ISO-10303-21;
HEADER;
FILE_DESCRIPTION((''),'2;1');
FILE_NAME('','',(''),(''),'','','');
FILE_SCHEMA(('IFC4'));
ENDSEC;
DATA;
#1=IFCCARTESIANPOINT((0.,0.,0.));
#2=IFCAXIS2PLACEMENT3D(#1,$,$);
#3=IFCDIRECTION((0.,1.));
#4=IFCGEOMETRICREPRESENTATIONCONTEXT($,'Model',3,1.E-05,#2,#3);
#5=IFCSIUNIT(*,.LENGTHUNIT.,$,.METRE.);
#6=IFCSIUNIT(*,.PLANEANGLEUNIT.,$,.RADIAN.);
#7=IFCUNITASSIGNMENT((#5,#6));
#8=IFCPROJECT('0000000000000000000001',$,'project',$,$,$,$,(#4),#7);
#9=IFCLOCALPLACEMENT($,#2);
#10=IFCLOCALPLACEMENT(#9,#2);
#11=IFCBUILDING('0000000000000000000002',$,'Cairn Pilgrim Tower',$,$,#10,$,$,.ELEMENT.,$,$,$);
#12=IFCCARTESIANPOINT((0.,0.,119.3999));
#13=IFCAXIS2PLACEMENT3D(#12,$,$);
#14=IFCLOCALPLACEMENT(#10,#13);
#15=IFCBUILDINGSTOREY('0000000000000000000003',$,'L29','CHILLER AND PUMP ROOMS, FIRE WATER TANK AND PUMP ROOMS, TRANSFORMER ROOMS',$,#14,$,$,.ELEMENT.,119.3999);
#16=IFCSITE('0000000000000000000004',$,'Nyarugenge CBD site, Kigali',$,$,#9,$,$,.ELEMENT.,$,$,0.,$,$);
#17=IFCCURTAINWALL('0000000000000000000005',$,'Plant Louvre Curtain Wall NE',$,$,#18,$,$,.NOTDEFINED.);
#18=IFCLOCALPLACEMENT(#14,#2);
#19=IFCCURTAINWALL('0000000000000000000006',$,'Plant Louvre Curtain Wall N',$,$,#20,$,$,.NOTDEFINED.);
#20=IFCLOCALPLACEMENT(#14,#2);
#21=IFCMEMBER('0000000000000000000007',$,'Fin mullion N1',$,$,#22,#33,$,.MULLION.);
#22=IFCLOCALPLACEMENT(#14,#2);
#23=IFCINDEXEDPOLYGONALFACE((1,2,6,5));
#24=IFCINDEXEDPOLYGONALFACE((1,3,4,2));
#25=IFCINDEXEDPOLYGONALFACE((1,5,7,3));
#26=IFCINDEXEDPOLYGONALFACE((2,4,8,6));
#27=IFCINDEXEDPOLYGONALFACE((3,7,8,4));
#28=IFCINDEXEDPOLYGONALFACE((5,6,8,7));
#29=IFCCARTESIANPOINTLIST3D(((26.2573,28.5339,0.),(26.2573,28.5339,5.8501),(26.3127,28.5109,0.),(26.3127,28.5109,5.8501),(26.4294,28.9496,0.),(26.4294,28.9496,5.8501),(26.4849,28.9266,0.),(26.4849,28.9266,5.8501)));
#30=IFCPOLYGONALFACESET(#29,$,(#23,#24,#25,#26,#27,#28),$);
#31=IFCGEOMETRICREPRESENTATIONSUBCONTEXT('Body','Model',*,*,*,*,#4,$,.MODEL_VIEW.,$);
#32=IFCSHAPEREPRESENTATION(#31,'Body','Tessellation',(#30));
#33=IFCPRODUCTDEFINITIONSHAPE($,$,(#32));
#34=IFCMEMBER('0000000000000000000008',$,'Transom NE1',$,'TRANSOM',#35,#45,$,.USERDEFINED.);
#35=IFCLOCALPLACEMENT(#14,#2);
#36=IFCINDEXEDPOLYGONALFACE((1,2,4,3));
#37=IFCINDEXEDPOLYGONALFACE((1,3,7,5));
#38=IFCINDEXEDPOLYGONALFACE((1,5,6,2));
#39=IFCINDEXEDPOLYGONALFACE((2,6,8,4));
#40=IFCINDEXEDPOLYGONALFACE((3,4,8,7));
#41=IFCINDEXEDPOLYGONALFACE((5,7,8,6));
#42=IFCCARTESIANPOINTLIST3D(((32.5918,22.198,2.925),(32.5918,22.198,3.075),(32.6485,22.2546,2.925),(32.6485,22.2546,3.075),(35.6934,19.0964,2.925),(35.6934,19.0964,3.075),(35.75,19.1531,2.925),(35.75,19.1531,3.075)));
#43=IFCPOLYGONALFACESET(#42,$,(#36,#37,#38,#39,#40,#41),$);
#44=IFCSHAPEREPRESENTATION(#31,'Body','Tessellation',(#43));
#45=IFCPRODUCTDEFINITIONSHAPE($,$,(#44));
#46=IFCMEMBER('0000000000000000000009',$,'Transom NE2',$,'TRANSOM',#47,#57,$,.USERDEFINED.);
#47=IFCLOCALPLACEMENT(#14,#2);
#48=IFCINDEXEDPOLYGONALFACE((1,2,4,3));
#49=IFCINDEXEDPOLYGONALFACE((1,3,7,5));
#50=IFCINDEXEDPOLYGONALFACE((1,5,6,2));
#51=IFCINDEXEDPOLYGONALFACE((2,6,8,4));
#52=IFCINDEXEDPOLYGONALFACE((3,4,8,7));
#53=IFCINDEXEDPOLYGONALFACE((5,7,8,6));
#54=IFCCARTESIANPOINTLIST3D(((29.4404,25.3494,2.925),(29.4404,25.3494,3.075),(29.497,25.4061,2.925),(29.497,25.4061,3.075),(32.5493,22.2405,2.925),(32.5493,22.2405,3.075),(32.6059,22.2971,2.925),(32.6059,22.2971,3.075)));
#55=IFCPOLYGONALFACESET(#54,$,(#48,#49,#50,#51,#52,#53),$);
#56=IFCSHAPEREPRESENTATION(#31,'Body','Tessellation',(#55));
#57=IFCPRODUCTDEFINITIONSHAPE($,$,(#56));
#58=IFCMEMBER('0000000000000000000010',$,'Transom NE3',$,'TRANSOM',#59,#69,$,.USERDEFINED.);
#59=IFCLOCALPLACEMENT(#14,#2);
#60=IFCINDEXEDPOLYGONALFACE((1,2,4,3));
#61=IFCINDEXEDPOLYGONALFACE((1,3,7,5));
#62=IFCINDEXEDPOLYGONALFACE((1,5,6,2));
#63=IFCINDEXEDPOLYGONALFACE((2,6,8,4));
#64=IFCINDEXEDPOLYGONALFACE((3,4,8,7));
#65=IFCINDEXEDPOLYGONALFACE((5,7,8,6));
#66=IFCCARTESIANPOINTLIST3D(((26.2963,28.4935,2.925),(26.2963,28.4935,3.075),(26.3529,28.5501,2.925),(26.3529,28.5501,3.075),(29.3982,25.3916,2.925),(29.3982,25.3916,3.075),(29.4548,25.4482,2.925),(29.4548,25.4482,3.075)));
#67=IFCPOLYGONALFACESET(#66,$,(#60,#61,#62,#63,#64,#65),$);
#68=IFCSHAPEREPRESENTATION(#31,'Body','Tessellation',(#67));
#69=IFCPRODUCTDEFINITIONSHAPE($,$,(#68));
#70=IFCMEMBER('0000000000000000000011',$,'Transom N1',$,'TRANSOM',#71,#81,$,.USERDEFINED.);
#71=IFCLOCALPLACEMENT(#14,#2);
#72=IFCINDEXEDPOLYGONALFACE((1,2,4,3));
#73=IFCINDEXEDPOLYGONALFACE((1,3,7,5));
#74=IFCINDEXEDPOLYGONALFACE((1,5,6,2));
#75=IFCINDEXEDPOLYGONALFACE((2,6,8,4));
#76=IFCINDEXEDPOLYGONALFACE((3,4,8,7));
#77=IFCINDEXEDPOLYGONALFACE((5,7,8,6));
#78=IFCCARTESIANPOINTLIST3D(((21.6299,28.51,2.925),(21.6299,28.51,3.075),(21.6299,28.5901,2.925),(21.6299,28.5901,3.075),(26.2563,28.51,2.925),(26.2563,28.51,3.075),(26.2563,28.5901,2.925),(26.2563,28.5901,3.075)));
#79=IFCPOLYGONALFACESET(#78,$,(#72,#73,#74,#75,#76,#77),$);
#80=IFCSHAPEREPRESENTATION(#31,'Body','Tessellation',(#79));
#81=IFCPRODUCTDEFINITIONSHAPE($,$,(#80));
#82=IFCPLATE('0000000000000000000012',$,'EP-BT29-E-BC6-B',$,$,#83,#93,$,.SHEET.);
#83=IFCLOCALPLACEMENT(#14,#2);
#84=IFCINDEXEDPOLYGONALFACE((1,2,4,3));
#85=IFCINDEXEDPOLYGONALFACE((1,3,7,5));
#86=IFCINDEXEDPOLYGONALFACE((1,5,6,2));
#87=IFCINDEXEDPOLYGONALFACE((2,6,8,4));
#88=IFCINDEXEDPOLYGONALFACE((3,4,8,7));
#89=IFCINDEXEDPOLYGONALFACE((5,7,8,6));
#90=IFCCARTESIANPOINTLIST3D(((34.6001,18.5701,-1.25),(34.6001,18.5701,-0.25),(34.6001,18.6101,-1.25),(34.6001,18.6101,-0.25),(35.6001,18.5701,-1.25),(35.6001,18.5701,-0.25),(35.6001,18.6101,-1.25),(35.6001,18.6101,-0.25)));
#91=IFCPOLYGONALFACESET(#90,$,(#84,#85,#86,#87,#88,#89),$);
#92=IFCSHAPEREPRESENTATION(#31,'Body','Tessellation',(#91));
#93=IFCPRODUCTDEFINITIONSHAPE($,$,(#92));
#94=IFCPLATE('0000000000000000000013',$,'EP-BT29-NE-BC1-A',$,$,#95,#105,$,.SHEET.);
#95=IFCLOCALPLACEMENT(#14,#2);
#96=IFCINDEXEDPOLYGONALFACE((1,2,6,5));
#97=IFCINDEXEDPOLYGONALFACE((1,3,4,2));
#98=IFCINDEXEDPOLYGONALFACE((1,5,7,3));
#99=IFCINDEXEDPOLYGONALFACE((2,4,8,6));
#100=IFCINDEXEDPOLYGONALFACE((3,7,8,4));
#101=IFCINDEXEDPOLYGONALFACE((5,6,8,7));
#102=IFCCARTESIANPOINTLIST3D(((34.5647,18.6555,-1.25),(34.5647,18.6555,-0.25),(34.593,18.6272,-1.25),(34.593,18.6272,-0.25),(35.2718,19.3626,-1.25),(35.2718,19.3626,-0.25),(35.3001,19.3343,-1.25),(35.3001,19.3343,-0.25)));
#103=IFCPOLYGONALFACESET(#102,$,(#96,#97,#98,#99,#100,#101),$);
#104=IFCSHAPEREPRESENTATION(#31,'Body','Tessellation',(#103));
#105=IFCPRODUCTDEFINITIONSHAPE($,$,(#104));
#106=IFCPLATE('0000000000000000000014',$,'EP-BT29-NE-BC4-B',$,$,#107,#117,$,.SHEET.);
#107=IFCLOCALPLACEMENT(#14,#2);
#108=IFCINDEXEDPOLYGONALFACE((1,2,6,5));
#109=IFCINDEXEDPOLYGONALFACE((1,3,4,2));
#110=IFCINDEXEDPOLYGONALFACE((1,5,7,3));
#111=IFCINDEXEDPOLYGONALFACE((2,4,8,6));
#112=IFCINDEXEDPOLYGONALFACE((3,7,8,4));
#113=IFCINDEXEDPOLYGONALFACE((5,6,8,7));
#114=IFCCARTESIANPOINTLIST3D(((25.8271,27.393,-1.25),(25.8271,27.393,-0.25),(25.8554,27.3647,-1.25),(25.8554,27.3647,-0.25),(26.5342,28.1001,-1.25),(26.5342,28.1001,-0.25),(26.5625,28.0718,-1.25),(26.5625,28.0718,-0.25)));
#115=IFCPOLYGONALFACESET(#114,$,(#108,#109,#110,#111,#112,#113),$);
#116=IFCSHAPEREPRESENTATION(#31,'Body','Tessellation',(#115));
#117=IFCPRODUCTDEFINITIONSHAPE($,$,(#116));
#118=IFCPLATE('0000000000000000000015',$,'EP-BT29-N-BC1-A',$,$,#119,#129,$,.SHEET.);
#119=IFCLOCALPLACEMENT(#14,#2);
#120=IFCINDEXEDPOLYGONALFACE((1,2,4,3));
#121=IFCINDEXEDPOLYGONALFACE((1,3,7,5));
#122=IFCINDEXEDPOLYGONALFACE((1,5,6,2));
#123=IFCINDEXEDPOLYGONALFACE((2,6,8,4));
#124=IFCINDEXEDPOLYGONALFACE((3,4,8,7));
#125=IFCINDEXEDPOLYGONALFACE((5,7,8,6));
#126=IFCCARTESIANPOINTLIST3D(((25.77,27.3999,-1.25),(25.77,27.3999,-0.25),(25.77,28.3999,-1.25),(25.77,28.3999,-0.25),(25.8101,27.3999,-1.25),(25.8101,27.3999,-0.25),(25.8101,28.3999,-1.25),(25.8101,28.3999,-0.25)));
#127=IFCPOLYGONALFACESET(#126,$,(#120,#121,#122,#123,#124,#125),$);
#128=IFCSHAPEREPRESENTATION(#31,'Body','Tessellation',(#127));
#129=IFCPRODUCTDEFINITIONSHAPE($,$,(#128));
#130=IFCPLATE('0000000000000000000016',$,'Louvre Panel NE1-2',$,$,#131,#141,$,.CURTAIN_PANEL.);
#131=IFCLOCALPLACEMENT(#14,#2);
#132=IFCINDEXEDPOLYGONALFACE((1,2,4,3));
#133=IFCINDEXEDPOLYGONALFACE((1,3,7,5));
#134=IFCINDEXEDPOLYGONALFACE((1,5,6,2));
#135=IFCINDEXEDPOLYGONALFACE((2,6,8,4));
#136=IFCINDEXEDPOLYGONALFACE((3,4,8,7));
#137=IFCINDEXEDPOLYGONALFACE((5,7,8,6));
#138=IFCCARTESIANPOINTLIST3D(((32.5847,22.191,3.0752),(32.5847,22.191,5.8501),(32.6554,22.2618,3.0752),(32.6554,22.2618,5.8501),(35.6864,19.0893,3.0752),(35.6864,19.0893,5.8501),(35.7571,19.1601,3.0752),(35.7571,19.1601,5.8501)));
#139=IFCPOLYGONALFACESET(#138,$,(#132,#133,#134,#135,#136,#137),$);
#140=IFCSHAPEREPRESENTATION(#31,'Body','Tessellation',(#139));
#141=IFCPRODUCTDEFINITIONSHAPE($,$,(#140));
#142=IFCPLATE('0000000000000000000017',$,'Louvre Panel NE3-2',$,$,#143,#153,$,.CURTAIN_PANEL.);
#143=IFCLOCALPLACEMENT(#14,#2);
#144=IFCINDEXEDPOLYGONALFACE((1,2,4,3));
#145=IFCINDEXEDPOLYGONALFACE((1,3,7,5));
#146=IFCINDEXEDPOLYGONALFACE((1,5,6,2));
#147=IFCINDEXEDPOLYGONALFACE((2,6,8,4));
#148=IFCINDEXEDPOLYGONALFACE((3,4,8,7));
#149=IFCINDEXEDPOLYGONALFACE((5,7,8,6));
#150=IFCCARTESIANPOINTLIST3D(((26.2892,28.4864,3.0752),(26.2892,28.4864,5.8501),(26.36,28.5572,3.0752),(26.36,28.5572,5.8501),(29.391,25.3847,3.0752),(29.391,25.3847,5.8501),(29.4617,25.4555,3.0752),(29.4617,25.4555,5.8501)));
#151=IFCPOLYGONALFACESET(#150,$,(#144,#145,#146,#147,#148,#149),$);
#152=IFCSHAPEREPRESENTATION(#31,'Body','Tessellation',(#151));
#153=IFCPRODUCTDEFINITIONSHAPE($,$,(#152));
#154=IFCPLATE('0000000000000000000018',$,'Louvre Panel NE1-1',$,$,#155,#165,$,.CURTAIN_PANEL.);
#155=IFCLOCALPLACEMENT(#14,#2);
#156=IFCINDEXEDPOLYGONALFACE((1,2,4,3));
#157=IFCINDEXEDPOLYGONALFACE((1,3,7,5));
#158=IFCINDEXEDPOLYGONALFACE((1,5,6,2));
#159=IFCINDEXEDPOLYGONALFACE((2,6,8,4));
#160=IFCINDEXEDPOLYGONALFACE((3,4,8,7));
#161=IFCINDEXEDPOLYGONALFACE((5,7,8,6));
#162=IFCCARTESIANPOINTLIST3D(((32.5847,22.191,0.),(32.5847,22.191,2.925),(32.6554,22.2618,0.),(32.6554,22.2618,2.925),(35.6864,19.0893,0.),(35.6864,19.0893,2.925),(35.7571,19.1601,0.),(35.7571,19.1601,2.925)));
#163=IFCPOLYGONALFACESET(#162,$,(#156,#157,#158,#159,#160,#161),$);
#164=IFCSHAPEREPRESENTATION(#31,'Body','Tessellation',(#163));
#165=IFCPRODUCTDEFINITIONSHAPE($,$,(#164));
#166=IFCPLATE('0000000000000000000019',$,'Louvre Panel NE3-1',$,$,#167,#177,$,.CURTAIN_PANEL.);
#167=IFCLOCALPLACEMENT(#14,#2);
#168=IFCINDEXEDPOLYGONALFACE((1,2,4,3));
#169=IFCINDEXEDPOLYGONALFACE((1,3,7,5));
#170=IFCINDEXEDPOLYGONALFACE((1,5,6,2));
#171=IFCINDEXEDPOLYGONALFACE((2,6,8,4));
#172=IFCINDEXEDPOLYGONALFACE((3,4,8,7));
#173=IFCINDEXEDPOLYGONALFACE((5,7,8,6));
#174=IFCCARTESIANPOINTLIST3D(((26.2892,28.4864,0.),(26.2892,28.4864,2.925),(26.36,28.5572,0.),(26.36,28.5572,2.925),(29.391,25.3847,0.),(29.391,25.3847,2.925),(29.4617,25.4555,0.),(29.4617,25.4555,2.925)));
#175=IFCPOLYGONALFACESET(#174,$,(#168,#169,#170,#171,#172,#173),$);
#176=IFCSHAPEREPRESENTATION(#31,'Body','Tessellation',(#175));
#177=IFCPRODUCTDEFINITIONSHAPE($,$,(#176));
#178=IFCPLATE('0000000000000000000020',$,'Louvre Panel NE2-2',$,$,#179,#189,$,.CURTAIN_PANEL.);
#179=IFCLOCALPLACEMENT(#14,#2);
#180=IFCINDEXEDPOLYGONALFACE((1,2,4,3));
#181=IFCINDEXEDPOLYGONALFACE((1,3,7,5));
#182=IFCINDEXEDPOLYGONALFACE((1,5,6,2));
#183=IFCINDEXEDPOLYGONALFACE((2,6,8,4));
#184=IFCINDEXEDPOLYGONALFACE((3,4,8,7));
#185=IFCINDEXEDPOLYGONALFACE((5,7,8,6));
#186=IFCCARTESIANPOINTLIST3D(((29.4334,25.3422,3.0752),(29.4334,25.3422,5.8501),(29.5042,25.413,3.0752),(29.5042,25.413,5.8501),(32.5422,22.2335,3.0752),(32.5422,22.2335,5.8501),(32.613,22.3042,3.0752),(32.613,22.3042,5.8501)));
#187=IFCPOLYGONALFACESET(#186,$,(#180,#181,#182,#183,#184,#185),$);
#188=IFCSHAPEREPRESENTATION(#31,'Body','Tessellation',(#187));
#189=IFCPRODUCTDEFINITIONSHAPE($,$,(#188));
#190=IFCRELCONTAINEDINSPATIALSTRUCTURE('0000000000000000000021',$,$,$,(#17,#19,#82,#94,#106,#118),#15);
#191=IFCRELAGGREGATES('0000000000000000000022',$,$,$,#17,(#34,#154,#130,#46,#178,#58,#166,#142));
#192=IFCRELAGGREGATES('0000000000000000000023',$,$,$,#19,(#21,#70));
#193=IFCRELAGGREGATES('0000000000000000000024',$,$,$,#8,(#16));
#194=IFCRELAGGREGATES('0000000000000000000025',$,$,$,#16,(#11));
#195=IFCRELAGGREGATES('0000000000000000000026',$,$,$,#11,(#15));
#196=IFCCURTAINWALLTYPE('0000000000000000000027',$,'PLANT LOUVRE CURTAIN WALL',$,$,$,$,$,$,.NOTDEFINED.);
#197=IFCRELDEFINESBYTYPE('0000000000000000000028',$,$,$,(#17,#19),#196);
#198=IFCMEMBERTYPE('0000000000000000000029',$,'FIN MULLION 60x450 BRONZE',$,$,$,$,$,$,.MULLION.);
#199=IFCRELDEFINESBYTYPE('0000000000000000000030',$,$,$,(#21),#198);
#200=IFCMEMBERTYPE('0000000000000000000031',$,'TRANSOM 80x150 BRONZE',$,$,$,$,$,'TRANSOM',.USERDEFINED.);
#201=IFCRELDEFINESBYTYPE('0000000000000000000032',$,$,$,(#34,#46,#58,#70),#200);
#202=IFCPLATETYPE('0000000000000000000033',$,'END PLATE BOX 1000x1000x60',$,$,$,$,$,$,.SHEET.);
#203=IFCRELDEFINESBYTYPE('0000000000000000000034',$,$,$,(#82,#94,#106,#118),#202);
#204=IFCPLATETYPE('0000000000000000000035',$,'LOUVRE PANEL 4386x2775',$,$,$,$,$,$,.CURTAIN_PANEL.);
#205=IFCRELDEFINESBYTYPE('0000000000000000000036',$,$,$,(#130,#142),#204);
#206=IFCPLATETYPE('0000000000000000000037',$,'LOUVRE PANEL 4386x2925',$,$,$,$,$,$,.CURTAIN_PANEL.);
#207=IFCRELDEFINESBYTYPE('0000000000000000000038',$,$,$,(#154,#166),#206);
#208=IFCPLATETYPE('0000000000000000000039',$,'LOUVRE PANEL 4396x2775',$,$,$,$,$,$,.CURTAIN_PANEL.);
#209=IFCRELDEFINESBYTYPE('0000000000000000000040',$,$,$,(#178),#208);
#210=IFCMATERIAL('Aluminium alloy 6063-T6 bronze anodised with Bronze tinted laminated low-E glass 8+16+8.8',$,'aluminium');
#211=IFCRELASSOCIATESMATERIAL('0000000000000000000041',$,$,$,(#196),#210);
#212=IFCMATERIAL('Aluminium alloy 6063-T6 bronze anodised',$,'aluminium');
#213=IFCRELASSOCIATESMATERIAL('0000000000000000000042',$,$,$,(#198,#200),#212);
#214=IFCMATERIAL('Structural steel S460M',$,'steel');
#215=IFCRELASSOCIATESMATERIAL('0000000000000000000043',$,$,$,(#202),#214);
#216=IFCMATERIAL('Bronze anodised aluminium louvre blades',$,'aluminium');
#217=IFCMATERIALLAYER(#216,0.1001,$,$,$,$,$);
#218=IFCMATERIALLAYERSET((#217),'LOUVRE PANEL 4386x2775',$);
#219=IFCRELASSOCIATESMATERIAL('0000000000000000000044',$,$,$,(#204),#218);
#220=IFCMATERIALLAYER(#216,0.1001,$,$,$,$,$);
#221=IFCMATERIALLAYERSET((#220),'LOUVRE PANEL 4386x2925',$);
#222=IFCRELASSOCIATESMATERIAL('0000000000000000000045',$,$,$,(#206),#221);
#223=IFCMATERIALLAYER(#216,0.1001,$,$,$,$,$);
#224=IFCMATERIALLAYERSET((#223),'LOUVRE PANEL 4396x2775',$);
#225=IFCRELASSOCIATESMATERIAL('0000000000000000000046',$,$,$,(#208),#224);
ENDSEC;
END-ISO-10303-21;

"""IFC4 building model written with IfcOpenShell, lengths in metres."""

from ifc_helpers import new_model, si_unit, direction, frame, origin, origin_2d, place, context, subcontext, project, spatial, rectangle, extrude, material, layer, layer_set, material_profile, profile_set, type_object, element, aggregate, save


model = new_model("IFC4")

# Units and contexts
model_context = context("Model", 3, precision=1e-05, world=origin(), true_north=direction((0.0, 1.0)))
body_context = subcontext(model_context, "Body", "Model", "MODEL_VIEW")
ifc_project = project(units=[si_unit("LENGTHUNIT", "METRE"), si_unit("PLANEANGLEUNIT", "RADIAN")], contexts=[model_context])

# Site, building, storey
site_placement = place(None, origin())
site = spatial("IfcSite", under=ifc_project, at=site_placement, Name="Nyarugenge CBD site, Kigali", CompositionType="ELEMENT", RefElevation=0.0)
building_placement = place(site_placement, origin())
building = spatial("IfcBuilding", under=site, at=building_placement, Name="Cairn Pilgrim Tower", CompositionType="ELEMENT")
storey_placement = place(building_placement, frame((0.0, 0.0, 119.3999)))
storey = spatial("IfcBuildingStorey", under=building, at=storey_placement, Name="L29", Description="CHILLER AND PUMP ROOMS, FIRE WATER TANK AND PUMP ROOMS, TRANSFORMER ROOMS", CompositionType="ELEMENT", Elevation=119.3999)

# Shared definitions
ifc_material_1 = material(Name="Structural steel S460M", Category="steel")

# Curtain wall
ifc_material_2 = material(Name="Aluminium alloy 6063-T6 bronze anodised with Bronze tinted laminated low-E glass 8+16+8.8", Category="aluminium")
curtain_wall_type = type_object("IfcCurtainWallType", Name="PLANT LOUVRE CURTAIN WALL", PredefinedType="NOTDEFINED", material=ifc_material_2)
curtain_wall_1_placement = place(storey_placement, origin())
curtain_wall_1 = element("IfcCurtainWall", 1, at=curtain_wall_1_placement, inside=storey, type_object=curtain_wall_type, Name="Plant Louvre Curtain Wall NE", PredefinedType="NOTDEFINED")
ifc_material_3 = material(Name="Aluminium alloy 6063-T6 bronze anodised", Category="aluminium")
ifc_material_profile_1 = material_profile(ifc_material_3, rectangle(XDim=0.45, YDim=0.0601, at=origin_2d()), Name="FIN MULLION 60x450 BRONZE")
ifc_profile_set_1 = profile_set([ifc_material_profile_1], Name="Aluminium alloy 6063-T6 bronze anodised")
member_type_1 = type_object("IfcMemberType", Name="FIN MULLION 60x450 BRONZE", PredefinedType="MULLION", material=ifc_profile_set_1)

# Curtain wall, member
curtain_wall_2_placement = place(storey_placement, origin())
curtain_wall_2 = element("IfcCurtainWall", 2, at=curtain_wall_2_placement, inside=storey, type_object=curtain_wall_type, Name="Plant Louvre Curtain Wall N", PredefinedType="NOTDEFINED")
member_1_placement = place(storey_placement, frame((26.3711, 28.7302, 0.0), z_axis=(0.0, 0.0, 1.0), x_axis=(0.382683, 0.92388, 0.0)))
member_1 = element("IfcMember", 3, at=member_1_placement, type_object=member_type_1, Name="Fin mullion N1", PredefinedType="MULLION", context=body_context, shape_type="SweptSolid", body=[
    extrude(rectangle(XDim=0.45, YDim=0.0601, at=origin_2d()), origin(), (0.0, 0.0, 1.0), 5.8501),
])

# Members
ifc_material_profile_2 = material_profile(ifc_material_3, rectangle(XDim=0.0801, YDim=0.1499, at=origin_2d()), Name="TRANSOM 80x150 BRONZE")
ifc_profile_set_2 = profile_set([ifc_material_profile_2], Name="Aluminium alloy 6063-T6 bronze anodised")
member_type_2 = type_object("IfcMemberType", Name="TRANSOM 80x150 BRONZE", ElementType="TRANSOM", PredefinedType="USERDEFINED", material=ifc_profile_set_2)
member_2_placement = place(storey_placement, frame((35.7217, 19.1248, 3.0), z_axis=(-0.707107, 0.707107, 0.0), x_axis=(-0.707107, -0.707107, 0.0)))
member_2 = element("IfcMember", 4, at=member_2_placement, type_object=member_type_2, Name="Transom NE1", ObjectType="TRANSOM", PredefinedType="USERDEFINED", context=body_context, shape_type="SweptSolid", body=[
    extrude(rectangle(XDim=0.0801, YDim=0.1499, at=origin_2d()), origin(), (0.0, 0.0, 1.0), 4.3862),
])
member_3_placement = place(storey_placement, frame((32.5776, 22.2688, 3.0), z_axis=(-0.707107, 0.707107, 0.0), x_axis=(-0.707107, -0.707107, 0.0)))
member_3 = element("IfcMember", 5, at=member_3_placement, type_object=member_type_2, Name="Transom NE2", ObjectType="TRANSOM", PredefinedType="USERDEFINED", context=body_context, shape_type="SweptSolid", body=[
    extrude(rectangle(XDim=0.0801, YDim=0.1499, at=origin_2d()), origin(), (0.0, 0.0, 1.0), 4.3967),
])
member_4_placement = place(storey_placement, frame((29.4265, 25.4199, 3.0), z_axis=(-0.707107, 0.707107, 0.0), x_axis=(-0.707107, -0.707107, 0.0)))
member_4 = element("IfcMember", 6, at=member_4_placement, type_object=member_type_2, Name="Transom NE3", ObjectType="TRANSOM", PredefinedType="USERDEFINED", context=body_context, shape_type="SweptSolid", body=[
    extrude(rectangle(XDim=0.0801, YDim=0.1499, at=origin_2d()), origin(), (0.0, 0.0, 1.0), 4.3867),
])
member_5_placement = place(storey_placement, frame((26.2563, 28.55, 3.0), z_axis=(-1.0, 0.0, 0.0), x_axis=(0.0, -1.0, 0.0)))
member_5 = element("IfcMember", 7, at=member_5_placement, type_object=member_type_2, Name="Transom N1", ObjectType="TRANSOM", PredefinedType="USERDEFINED", context=body_context, shape_type="SweptSolid", body=[
    extrude(rectangle(XDim=0.0801, YDim=0.1499, at=origin_2d()), origin(), (0.0, 0.0, 1.0), 4.6265),
])

# Plates
ifc_material_profile_3 = material_profile(ifc_material_1, rectangle(XDim=1.0, YDim=1.0, at=origin_2d()), Name="END PLATE BOX 1000x1000x60")
ifc_profile_set_3 = profile_set([ifc_material_profile_3], Name="Structural steel S460M")
plate_type_1 = type_object("IfcPlateType", Name="END PLATE BOX 1000x1000x60", PredefinedType="SHEET", material=ifc_profile_set_3)
for number, where, z_axis, x_axis, name in (
    (8, (35.1001, 18.5701, -0.75), (0.0, 1.0, 0.0), (-1.0, 0.0, 0.0), "EP-BT29-E-BC6-B"),
    (9, (34.9182, 19.009, -0.75), (0.707107, -0.707107, 0.0), (0.707107, 0.707107, 0.0), "EP-BT29-NE-BC1-A"),
    (10, (26.209, 27.7183, -0.75), (-0.707107, 0.707107, 0.0), (-0.707107, -0.707107, 0.0), "EP-BT29-NE-BC4-B"),
    (11, (25.77, 27.8999, -0.75), (1.0, 0.0, 0.0), (0.0, 1.0, 0.0), "EP-BT29-N-BC1-A"),
):
    element("IfcPlate", number, at=place(storey_placement, frame(where, z_axis=z_axis, x_axis=x_axis)), inside=storey, type_object=plate_type_1, Name=name, PredefinedType="SHEET", context=body_context, shape_type="SweptSolid", body=[
        extrude(rectangle(XDim=1.0, YDim=1.0, at=origin_2d()), origin(), (0.0, 0.0, 1.0), 0.04),
    ])

# Plates
ifc_material_4 = material(Name="Bronze anodised aluminium louvre blades", Category="aluminium")
ifc_layer_1 = layer(ifc_material_4, 0.1001)
ifc_layer_set_1 = layer_set([ifc_layer_1], Name="LOUVRE PANEL 4386x2775")
plate_type_2 = type_object("IfcPlateType", Name="LOUVRE PANEL 4386x2775", PredefinedType="CURTAIN_PANEL", material=ifc_layer_set_1)
plate_1_placement = place(storey_placement, frame((34.1709, 20.6755, 3.0752), z_axis=(0.0, 0.0, 1.0), x_axis=(-0.707107, 0.707107, 0.0)))
plate_1 = element("IfcPlate", 12, at=plate_1_placement, type_object=plate_type_2, Name="Louvre Panel NE1-2", PredefinedType="CURTAIN_PANEL", context=body_context, shape_type="SweptSolid", body=[
    extrude(rectangle(XDim=4.3865, YDim=0.1001, at=origin_2d()), origin(), (0.0, 0.0, 1.0), 2.7749),
])
plate_2_placement = place(storey_placement, frame((27.8755, 26.9709, 3.0752), z_axis=(0.0, 0.0, 1.0), x_axis=(-0.707107, 0.707107, 0.0)))
plate_2 = element("IfcPlate", 13, at=plate_2_placement, type_object=plate_type_2, Name="Louvre Panel NE3-2", PredefinedType="CURTAIN_PANEL", context=body_context, shape_type="SweptSolid", body=[
    extrude(rectangle(XDim=4.3865, YDim=0.1001, at=origin_2d()), origin(), (0.0, 0.0, 1.0), 2.7749),
])
ifc_layer_2 = layer(ifc_material_4, 0.1001)
ifc_layer_set_2 = layer_set([ifc_layer_2], Name="LOUVRE PANEL 4386x2925")
plate_type_3 = type_object("IfcPlateType", Name="LOUVRE PANEL 4386x2925", PredefinedType="CURTAIN_PANEL", material=ifc_layer_set_2)
plate_3_placement = place(storey_placement, frame((34.1709, 20.6755, 0.0), z_axis=(0.0, 0.0, 1.0), x_axis=(-0.707107, 0.707107, 0.0)))
plate_3 = element("IfcPlate", 14, at=plate_3_placement, type_object=plate_type_3, Name="Louvre Panel NE1-1", PredefinedType="CURTAIN_PANEL", context=body_context, shape_type="SweptSolid", body=[
    extrude(rectangle(XDim=4.3865, YDim=0.1001, at=origin_2d()), origin(), (0.0, 0.0, 1.0), 2.925),
])
plate_4_placement = place(storey_placement, frame((27.8755, 26.9709, 0.0), z_axis=(0.0, 0.0, 1.0), x_axis=(-0.707107, 0.707107, 0.0)))
plate_4 = element("IfcPlate", 15, at=plate_4_placement, type_object=plate_type_3, Name="Louvre Panel NE3-1", PredefinedType="CURTAIN_PANEL", context=body_context, shape_type="SweptSolid", body=[
    extrude(rectangle(XDim=4.3865, YDim=0.1001, at=origin_2d()), origin(), (0.0, 0.0, 1.0), 2.925),
])
ifc_layer_3 = layer(ifc_material_4, 0.1001)
ifc_layer_set_3 = layer_set([ifc_layer_3], Name="LOUVRE PANEL 4396x2775")
plate_type_4 = type_object("IfcPlateType", Name="LOUVRE PANEL 4396x2775", PredefinedType="CURTAIN_PANEL", material=ifc_layer_set_3)
plate_5_placement = place(storey_placement, frame((31.0232, 23.8232, 3.0752), z_axis=(0.0, 0.0, 1.0), x_axis=(-0.707107, 0.707107, 0.0)))
plate_5 = element("IfcPlate", 16, at=plate_5_placement, type_object=plate_type_4, Name="Louvre Panel NE2-2", PredefinedType="CURTAIN_PANEL", context=body_context, shape_type="SweptSolid", body=[
    extrude(rectangle(XDim=4.3965, YDim=0.1001, at=origin_2d()), origin(), (0.0, 0.0, 1.0), 2.7749),
])
aggregate(curtain_wall_1, [member_2, plate_3, plate_1, member_3, plate_5, member_4, plate_4, plate_2])

aggregate(curtain_wall_2, [member_1, member_5])

save(model, "model.ifc")
